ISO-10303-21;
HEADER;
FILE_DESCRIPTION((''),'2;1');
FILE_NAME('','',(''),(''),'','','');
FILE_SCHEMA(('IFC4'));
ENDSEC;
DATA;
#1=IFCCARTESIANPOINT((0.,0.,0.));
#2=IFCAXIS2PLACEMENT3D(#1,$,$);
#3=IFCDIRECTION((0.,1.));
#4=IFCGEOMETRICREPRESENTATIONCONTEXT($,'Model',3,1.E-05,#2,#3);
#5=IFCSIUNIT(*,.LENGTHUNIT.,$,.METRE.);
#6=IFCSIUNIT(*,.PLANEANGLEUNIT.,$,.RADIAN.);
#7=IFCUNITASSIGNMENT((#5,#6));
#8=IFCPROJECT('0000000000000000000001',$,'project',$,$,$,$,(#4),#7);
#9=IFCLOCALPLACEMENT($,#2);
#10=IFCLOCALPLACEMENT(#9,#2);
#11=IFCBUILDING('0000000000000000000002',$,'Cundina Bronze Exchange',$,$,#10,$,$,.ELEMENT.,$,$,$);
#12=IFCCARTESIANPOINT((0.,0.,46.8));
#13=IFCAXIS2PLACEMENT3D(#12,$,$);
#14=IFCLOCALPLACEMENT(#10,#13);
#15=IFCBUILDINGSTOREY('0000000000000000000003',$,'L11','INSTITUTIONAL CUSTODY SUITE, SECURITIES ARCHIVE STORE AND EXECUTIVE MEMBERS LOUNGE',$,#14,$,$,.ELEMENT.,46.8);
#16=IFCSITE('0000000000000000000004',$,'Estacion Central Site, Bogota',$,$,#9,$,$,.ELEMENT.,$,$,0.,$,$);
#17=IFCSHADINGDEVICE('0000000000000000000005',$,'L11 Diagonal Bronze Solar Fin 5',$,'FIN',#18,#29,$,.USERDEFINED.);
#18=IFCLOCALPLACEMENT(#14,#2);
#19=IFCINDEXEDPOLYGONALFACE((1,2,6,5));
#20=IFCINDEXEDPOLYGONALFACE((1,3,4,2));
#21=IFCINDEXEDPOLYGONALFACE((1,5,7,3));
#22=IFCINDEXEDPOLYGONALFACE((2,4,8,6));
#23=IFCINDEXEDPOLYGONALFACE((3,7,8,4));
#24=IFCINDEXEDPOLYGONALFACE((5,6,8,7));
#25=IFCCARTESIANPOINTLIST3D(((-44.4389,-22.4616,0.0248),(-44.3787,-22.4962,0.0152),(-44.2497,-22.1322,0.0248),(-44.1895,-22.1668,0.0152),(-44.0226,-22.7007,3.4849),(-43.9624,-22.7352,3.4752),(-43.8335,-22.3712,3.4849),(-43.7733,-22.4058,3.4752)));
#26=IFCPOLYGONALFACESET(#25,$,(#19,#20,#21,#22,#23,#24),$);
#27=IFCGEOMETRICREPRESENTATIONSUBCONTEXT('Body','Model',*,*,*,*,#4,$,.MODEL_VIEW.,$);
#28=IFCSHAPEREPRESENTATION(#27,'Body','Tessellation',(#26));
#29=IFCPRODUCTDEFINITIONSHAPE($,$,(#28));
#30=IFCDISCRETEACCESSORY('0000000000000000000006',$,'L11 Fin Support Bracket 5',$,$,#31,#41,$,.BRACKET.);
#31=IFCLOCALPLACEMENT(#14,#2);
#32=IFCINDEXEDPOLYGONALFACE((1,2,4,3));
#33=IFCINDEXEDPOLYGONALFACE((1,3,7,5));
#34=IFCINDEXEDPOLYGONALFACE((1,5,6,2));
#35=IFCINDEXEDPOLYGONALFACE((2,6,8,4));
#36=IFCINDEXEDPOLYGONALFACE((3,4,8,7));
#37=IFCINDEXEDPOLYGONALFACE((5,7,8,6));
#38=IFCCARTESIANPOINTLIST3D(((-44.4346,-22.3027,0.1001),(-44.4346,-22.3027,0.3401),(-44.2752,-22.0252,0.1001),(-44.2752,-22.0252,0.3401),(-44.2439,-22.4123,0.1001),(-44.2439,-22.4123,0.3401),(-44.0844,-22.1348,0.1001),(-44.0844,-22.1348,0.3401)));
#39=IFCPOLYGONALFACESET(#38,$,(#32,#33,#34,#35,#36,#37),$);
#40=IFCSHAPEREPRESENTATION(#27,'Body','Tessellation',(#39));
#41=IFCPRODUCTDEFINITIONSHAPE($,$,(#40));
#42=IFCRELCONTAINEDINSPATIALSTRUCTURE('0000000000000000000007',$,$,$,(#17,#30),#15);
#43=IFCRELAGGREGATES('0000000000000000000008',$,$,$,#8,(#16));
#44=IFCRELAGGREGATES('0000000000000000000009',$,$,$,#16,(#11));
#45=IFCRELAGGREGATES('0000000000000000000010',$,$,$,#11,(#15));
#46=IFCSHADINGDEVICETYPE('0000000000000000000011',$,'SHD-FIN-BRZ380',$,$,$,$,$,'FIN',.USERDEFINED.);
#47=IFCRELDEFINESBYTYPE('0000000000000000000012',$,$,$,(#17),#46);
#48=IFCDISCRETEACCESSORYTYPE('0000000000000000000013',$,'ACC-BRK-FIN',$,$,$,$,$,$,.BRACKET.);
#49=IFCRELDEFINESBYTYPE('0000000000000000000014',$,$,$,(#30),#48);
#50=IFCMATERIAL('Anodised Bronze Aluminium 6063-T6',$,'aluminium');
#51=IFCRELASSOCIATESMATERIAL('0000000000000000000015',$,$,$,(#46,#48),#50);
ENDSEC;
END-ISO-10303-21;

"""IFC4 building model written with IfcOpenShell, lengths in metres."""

from ifc_helpers import new_model, si_unit, direction, frame, origin, origin_2d, place, context, subcontext, project, spatial, rectangle, extrude, material, material_profile, profile_set, type_object, element, save


model = new_model("IFC4")

# Units and contexts
model_context = context("Model", 3, precision=1e-05, world=origin(), true_north=direction((0.0, 1.0)))
body_context = subcontext(model_context, "Body", "Model", "MODEL_VIEW")
ifc_project = project(units=[si_unit("LENGTHUNIT", "METRE"), si_unit("PLANEANGLEUNIT", "RADIAN")], contexts=[model_context])

# Site, building, storey
site_placement = place(None, origin())
site = spatial("IfcSite", under=ifc_project, at=site_placement, Name="Estacion Central Site, Bogota", CompositionType="ELEMENT", RefElevation=0.0)
building_placement = place(site_placement, origin())
building = spatial("IfcBuilding", under=site, at=building_placement, Name="Cundina Bronze Exchange", CompositionType="ELEMENT")
storey_placement = place(building_placement, frame((0.0, 0.0, 46.8)))
storey = spatial("IfcBuildingStorey", under=building, at=storey_placement, Name="L11", Description="INSTITUTIONAL CUSTODY SUITE, SECURITIES ARCHIVE STORE AND EXECUTIVE MEMBERS LOUNGE", CompositionType="ELEMENT", Elevation=46.8)

# Shared definitions
ifc_material_1 = material(Name="Anodised Bronze Aluminium 6063-T6", Category="aluminium")

# Shading device
ifc_material_profile_1 = material_profile(ifc_material_1, rectangle(XDim=0.0701, YDim=0.3799, at=origin_2d()), Name="FIN70X380", Category="aluminium")
ifc_profile_set_1 = profile_set([ifc_material_profile_1], Name="Anodised Bronze Aluminium 6063-T6")
shading_device_type = type_object("IfcShadingDeviceType", Name="SHD-FIN-BRZ380", ElementType="FIN", PredefinedType="USERDEFINED", material=ifc_profile_set_1)
shading_device_placement = place(storey_placement, frame((-44.3142, -22.3142, 0.02), z_axis=(0.119166, -0.068425, 0.990514), x_axis=(-0.858982, 0.493222, 0.137414)))
element("IfcShadingDevice", 1, at=shading_device_placement, inside=storey, type_object=shading_device_type, Name="L11 Diagonal Bronze Solar Fin 5", ObjectType="FIN", PredefinedType="USERDEFINED", context=body_context, shape_type="SweptSolid", body=[
    extrude(rectangle(XDim=0.0701, YDim=0.3799, at=origin_2d()), origin(), (0.0, 0.0, 1.0), 3.4932),
])

# Discrete accessory
discrete_accessory_type = type_object("IfcDiscreteAccessoryType", Name="ACC-BRK-FIN", PredefinedType="BRACKET", material=ifc_material_1)
discrete_accessory_placement = place(storey_placement, frame((-44.2595, -22.2188, 0.1001), z_axis=(0.0, 0.0, 1.0), x_axis=(0.867105, -0.498125, 0.0)))
element("IfcDiscreteAccessory", 2, at=discrete_accessory_placement, inside=storey, type_object=discrete_accessory_type, Name="L11 Fin Support Bracket 5", PredefinedType="BRACKET", context=body_context, shape_type="SweptSolid", body=[
    extrude(rectangle(XDim=0.22, YDim=0.3201, at=origin_2d()), origin(), (0.0, 0.0, 1.0), 0.24),
])

save(model, "model.ifc")
